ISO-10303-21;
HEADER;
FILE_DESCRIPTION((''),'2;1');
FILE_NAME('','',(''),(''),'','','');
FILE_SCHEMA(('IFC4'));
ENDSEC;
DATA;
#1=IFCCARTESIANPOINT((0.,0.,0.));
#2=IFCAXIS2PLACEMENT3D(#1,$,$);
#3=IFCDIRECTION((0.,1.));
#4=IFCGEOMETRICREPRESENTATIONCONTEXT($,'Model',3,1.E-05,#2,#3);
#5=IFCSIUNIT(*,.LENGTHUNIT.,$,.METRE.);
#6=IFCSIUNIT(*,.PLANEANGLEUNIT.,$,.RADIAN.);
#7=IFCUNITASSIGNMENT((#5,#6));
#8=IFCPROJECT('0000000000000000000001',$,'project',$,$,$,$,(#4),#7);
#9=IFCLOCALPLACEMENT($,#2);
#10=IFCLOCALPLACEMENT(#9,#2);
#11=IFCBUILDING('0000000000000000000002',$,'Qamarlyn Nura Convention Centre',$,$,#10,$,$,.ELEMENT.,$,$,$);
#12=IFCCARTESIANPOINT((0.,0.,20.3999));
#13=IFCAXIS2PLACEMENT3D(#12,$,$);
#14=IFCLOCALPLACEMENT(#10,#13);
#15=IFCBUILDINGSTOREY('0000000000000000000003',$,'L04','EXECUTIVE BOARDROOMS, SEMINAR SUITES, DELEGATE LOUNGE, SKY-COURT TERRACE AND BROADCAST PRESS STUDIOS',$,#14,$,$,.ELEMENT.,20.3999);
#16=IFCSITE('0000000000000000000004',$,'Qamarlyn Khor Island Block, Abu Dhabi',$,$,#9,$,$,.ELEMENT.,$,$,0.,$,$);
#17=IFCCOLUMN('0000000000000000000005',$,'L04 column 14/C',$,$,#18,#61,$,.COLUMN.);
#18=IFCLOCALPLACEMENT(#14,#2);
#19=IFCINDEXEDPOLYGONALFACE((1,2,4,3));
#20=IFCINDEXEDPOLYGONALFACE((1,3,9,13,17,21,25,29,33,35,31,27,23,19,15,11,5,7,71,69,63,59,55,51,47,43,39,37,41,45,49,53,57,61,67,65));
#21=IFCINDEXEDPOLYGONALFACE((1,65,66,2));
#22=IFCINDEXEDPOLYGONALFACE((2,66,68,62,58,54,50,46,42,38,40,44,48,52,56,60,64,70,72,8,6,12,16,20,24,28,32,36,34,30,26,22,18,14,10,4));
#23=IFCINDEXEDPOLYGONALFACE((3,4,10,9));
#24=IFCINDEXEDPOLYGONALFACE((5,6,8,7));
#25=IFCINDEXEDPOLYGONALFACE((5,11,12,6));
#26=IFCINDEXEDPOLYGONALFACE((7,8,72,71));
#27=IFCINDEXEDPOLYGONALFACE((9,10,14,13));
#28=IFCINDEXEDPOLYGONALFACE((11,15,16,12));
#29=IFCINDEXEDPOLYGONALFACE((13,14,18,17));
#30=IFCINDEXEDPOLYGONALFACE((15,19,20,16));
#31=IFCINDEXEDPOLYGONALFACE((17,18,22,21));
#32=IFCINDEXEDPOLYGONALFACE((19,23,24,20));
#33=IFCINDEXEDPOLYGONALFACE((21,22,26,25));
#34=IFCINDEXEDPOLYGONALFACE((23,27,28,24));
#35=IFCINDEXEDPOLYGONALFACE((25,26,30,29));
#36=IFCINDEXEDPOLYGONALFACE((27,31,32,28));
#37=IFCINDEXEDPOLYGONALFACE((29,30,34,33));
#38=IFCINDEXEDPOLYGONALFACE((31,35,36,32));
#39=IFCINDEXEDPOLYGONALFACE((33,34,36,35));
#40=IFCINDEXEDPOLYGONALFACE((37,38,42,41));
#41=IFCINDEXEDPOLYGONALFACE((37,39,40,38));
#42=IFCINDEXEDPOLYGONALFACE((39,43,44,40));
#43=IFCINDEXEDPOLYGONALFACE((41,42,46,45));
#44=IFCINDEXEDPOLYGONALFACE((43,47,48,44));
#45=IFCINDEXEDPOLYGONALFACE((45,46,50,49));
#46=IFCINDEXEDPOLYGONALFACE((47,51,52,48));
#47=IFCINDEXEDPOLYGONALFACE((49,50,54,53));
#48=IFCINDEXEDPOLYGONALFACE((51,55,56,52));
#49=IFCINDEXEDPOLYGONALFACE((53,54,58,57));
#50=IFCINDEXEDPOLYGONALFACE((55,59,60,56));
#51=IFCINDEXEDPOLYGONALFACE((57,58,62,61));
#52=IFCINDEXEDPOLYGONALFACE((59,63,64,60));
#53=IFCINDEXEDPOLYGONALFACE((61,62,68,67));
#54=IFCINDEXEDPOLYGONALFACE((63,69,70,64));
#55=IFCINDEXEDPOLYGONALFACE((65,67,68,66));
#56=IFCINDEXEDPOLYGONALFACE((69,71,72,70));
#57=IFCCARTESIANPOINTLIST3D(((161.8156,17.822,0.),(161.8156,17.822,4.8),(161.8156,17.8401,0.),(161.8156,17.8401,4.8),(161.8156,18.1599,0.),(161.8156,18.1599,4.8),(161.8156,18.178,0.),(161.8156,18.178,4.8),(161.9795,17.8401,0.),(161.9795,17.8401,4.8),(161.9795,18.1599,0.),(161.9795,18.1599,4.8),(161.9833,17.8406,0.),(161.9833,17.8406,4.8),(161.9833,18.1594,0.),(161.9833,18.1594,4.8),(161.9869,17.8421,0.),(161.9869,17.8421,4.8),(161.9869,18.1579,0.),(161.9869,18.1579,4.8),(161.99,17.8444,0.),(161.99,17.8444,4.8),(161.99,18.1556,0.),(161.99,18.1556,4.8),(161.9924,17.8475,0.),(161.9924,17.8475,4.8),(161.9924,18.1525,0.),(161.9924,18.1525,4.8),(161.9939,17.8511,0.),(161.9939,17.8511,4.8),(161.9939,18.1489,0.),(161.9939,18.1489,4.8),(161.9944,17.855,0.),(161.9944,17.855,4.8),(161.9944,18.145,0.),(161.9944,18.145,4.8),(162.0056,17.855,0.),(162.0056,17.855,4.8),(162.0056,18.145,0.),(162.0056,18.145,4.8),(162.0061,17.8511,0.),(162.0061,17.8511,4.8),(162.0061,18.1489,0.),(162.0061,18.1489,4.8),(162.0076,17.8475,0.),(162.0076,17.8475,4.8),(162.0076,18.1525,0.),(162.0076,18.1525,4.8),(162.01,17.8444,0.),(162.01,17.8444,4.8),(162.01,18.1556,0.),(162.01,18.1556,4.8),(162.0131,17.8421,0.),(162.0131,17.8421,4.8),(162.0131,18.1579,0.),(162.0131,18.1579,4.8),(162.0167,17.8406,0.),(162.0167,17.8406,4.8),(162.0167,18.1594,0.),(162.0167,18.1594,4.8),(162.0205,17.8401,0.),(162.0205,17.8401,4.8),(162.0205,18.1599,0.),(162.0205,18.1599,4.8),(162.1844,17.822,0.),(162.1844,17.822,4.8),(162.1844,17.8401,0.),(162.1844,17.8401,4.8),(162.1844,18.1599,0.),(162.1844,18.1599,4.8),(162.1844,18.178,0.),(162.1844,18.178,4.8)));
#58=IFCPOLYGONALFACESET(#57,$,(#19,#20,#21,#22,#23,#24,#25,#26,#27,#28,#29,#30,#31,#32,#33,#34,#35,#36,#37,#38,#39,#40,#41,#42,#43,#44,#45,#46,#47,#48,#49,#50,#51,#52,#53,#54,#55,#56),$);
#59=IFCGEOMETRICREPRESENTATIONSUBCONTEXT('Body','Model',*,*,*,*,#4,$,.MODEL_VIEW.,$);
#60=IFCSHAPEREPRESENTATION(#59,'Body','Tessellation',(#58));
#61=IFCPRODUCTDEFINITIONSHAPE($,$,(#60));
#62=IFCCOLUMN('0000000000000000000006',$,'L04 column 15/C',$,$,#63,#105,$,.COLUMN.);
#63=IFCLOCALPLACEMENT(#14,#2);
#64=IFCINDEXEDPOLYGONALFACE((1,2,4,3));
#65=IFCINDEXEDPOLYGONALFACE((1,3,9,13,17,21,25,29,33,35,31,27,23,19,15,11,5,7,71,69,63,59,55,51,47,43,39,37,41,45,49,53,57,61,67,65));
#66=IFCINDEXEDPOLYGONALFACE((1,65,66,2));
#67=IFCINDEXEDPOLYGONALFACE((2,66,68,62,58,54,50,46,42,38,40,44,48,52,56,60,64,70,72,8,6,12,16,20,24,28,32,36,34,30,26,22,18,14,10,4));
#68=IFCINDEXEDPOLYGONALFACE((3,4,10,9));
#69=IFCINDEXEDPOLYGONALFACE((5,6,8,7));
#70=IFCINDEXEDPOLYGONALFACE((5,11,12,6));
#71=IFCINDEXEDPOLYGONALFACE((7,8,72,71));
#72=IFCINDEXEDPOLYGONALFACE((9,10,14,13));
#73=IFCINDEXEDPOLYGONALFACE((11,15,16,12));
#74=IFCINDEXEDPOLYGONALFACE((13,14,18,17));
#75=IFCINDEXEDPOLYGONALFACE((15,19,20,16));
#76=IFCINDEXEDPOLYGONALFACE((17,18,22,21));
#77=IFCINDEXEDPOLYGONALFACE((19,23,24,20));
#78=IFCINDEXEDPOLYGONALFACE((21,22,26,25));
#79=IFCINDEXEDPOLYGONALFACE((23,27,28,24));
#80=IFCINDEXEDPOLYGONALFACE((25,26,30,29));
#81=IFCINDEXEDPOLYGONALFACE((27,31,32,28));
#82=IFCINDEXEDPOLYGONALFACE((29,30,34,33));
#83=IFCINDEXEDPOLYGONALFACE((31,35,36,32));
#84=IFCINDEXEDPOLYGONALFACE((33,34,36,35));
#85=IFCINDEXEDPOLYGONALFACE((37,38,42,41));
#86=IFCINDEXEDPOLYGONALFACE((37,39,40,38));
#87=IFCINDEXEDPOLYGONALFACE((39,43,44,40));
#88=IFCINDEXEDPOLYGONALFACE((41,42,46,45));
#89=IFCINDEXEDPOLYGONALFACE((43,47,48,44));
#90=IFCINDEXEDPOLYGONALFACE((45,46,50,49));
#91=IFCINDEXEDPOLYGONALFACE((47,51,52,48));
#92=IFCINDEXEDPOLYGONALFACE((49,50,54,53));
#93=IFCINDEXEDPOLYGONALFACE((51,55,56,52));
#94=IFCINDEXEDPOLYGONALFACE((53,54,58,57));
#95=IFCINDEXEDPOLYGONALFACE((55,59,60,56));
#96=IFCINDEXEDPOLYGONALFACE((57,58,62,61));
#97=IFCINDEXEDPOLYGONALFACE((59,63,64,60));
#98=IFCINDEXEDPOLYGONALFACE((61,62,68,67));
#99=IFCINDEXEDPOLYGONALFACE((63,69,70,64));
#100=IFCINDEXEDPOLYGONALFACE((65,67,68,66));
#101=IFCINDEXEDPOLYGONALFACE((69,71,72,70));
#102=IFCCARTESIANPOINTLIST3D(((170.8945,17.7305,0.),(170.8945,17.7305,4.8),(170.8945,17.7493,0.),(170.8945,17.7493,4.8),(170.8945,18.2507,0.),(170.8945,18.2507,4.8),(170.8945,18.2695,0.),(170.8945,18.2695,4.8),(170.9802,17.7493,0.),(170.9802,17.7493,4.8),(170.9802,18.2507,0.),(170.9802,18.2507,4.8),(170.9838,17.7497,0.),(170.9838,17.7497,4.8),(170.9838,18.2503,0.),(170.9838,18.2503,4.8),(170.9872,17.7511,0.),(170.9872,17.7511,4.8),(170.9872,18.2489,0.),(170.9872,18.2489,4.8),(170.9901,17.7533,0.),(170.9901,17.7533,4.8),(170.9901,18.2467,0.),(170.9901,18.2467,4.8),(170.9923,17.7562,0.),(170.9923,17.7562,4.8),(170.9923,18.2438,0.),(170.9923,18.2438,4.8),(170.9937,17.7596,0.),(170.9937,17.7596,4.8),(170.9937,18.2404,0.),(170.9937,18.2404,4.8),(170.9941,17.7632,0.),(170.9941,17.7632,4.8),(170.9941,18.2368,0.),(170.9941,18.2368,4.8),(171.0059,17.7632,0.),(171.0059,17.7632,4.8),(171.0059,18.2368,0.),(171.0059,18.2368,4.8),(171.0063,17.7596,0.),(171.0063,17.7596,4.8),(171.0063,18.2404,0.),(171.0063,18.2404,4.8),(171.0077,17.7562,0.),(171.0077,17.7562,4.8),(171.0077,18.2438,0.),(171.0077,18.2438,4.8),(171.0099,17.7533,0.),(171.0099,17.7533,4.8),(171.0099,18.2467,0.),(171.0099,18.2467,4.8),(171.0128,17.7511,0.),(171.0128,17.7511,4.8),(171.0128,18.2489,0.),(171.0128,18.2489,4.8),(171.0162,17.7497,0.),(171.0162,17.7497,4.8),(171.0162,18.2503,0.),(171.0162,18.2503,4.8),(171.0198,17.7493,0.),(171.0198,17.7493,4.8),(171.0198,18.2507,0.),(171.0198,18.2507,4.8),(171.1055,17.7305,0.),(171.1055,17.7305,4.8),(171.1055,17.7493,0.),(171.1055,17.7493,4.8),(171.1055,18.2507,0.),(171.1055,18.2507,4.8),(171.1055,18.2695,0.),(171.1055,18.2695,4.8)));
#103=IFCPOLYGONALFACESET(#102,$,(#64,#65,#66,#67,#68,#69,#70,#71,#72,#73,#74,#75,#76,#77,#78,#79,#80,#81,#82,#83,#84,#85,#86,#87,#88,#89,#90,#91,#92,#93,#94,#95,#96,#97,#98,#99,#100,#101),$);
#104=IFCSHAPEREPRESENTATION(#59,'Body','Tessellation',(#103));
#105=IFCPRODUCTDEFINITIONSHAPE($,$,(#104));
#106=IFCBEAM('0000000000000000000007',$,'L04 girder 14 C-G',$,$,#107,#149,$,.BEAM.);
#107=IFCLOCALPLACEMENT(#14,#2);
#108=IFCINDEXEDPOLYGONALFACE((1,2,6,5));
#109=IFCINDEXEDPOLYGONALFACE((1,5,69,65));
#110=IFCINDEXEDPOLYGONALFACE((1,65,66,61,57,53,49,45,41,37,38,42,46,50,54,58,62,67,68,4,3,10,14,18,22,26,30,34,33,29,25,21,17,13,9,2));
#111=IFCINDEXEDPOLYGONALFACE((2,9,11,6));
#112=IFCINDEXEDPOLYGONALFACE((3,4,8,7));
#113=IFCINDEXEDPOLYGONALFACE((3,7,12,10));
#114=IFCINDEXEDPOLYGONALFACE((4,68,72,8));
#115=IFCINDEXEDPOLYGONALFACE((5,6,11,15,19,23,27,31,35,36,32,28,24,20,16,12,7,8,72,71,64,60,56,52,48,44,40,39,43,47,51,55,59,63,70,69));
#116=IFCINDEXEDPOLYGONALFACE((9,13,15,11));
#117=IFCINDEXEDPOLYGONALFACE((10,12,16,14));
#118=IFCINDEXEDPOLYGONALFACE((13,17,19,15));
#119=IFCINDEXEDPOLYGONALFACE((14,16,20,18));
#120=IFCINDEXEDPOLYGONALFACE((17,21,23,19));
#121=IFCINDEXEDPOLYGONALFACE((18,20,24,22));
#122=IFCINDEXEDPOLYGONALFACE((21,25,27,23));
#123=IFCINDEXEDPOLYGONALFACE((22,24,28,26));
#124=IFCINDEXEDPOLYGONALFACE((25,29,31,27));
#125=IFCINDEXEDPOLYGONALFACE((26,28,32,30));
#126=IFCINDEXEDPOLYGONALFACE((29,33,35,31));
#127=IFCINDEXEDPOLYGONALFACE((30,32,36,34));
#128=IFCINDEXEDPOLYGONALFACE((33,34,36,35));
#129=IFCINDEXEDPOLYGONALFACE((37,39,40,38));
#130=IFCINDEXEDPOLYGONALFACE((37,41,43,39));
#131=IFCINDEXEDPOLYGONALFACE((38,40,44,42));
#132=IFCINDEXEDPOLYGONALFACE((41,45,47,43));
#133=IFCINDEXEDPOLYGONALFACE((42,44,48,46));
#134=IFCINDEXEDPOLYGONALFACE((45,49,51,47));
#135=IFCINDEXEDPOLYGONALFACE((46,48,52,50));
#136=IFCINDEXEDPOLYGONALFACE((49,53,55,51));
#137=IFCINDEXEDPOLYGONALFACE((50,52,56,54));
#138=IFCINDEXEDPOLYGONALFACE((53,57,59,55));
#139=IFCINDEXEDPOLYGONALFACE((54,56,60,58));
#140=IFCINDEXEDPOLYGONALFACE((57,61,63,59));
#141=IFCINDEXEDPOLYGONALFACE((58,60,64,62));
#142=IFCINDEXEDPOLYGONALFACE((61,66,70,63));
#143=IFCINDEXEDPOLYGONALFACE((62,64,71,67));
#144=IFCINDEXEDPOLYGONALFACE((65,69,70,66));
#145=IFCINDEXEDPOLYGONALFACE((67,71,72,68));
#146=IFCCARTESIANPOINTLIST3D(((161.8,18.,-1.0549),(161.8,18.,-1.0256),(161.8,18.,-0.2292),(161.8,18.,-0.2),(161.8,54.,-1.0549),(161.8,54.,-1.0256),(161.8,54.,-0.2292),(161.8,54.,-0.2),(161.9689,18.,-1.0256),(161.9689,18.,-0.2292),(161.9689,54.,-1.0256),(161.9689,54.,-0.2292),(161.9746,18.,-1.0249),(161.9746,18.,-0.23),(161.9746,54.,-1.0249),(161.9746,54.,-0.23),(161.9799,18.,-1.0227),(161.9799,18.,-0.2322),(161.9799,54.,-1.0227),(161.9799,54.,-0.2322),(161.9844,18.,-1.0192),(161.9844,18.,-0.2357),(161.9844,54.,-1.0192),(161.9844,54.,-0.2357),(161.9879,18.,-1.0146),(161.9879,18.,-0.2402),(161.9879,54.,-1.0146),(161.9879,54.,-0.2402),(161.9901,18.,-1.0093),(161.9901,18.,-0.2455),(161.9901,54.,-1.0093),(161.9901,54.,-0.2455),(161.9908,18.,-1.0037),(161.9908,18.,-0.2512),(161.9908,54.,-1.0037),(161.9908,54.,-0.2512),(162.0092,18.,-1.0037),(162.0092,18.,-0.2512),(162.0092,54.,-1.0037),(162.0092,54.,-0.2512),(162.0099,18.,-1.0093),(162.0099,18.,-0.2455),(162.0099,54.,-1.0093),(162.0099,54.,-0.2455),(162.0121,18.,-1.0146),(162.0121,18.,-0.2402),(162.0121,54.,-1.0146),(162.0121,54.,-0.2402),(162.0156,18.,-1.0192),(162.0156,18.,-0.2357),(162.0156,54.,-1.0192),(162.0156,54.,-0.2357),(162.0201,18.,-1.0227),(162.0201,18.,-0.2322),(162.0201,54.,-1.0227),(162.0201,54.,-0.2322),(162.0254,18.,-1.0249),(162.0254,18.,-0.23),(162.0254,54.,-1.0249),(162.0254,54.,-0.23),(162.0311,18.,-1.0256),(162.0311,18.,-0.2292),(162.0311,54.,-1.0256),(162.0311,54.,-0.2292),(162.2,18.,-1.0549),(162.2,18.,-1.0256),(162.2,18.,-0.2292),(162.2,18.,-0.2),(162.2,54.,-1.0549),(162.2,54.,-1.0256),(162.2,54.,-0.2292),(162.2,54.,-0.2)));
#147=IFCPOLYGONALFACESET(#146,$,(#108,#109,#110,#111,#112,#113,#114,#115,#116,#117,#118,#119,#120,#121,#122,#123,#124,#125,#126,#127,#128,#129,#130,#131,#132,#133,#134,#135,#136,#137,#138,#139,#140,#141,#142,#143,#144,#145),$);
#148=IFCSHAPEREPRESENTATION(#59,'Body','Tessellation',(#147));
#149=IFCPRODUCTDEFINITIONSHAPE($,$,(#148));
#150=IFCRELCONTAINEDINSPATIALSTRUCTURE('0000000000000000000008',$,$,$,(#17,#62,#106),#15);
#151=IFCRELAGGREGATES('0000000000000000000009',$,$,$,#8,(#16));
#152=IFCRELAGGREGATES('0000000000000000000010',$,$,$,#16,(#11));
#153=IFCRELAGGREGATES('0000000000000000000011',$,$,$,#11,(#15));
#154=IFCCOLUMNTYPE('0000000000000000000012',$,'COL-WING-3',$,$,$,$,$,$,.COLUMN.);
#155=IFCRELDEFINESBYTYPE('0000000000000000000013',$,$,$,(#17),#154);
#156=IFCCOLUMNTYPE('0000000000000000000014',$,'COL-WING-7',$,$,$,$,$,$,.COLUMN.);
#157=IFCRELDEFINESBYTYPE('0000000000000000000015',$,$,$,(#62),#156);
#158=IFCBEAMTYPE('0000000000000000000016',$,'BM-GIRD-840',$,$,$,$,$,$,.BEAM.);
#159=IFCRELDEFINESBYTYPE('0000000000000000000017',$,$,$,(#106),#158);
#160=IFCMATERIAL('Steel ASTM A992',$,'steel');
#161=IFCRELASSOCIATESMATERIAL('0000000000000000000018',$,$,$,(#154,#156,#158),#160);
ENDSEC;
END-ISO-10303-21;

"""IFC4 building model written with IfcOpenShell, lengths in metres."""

from ifc_helpers import new_model, si_unit, direction, frame, origin, origin_2d, place, context, subcontext, project, spatial, i_section, extrude, material, material_profile, profile_set, type_object, element, save


model = new_model("IFC4")

# Units and contexts
model_context = context("Model", 3, precision=1e-05, world=origin(), true_north=direction((0.0, 1.0)))
body_context = subcontext(model_context, "Body", "Model", "MODEL_VIEW")
ifc_project = project(units=[si_unit("LENGTHUNIT", "METRE"), si_unit("PLANEANGLEUNIT", "RADIAN")], contexts=[model_context])

# Site, building, storey
site_placement = place(None, origin())
site = spatial("IfcSite", under=ifc_project, at=site_placement, Name="Qamarlyn Khor Island Block, Abu Dhabi", CompositionType="ELEMENT", RefElevation=0.0)
building_placement = place(site_placement, origin())
building = spatial("IfcBuilding", under=site, at=building_placement, Name="Qamarlyn Nura Convention Centre", CompositionType="ELEMENT")
storey_placement = place(building_placement, frame((0.0, 0.0, 20.3999)))
storey = spatial("IfcBuildingStorey", under=building, at=storey_placement, Name="L04", Description="EXECUTIVE BOARDROOMS, SEMINAR SUITES, DELEGATE LOUNGE, SKY-COURT TERRACE AND BROADCAST PRESS STUDIOS", CompositionType="ELEMENT", Elevation=20.3999)

# Columns
ifc_material_1 = material(Name="Steel ASTM A992", Category="steel")
ifc_material_profile_1 = material_profile(ifc_material_1, i_section(OverallWidth=0.3689, OverallDepth=0.356, WebThickness=0.0112, FlangeThickness=0.0181, FilletRadius=0.0149, at=origin_2d()), Name="W360X134")
ifc_profile_set_1 = profile_set([ifc_material_profile_1], Name="Steel ASTM A992")
column_type_1 = type_object("IfcColumnType", Name="COL-WING-3", PredefinedType="COLUMN", material=ifc_profile_set_1)
column_1_placement = place(storey_placement, frame((162.0, 18.0, 0.0), z_axis=(0.0, 0.0, 1.0), x_axis=(1.0, 0.0, 0.0)))
element("IfcColumn", 1, at=column_1_placement, inside=storey, type_object=column_type_1, Name="L04 column 14/C", PredefinedType="COLUMN", context=body_context, shape_type="SweptSolid", body=[
    extrude(i_section(OverallWidth=0.3689, OverallDepth=0.356, WebThickness=0.0112, FlangeThickness=0.0181, FilletRadius=0.0149, at=origin_2d()), origin(), (0.0, 0.0, 1.0), 4.8),
])
ifc_material_profile_2 = material_profile(ifc_material_1, i_section(OverallWidth=0.2109, OverallDepth=0.5391, WebThickness=0.0117, FlangeThickness=0.0188, FilletRadius=0.0139, at=origin_2d()), Name="W530X109")
ifc_profile_set_2 = profile_set([ifc_material_profile_2], Name="Steel ASTM A992")
column_type_2 = type_object("IfcColumnType", Name="COL-WING-7", PredefinedType="COLUMN", material=ifc_profile_set_2)
column_2_placement = place(storey_placement, frame((171.0, 18.0, 0.0), z_axis=(0.0, 0.0, 1.0), x_axis=(1.0, 0.0, 0.0)))
element("IfcColumn", 2, at=column_2_placement, inside=storey, type_object=column_type_2, Name="L04 column 15/C", PredefinedType="COLUMN", context=body_context, shape_type="SweptSolid", body=[
    extrude(i_section(OverallWidth=0.2109, OverallDepth=0.5391, WebThickness=0.0117, FlangeThickness=0.0188, FilletRadius=0.0139, at=origin_2d()), origin(), (0.0, 0.0, 1.0), 4.8),
])

# Beam
ifc_material_profile_3 = material_profile(ifc_material_1, i_section(OverallWidth=0.3999, OverallDepth=0.855, WebThickness=0.0183, FlangeThickness=0.0293, FilletRadius=0.022, at=origin_2d()), Name="W840X299")
ifc_profile_set_3 = profile_set([ifc_material_profile_3], Name="Steel ASTM A992")
beam_type_1 = type_object("IfcBeamType", Name="BM-GIRD-840", PredefinedType="BEAM", material=ifc_profile_set_3)
beam_1_placement = place(storey_placement, frame((162.0, 18.0, -0.6274), z_axis=(0.0, 1.0, 0.0), x_axis=(-1.0, 0.0, 0.0)))
element("IfcBeam", 3, at=beam_1_placement, inside=storey, type_object=beam_type_1, Name="L04 girder 14 C-G", PredefinedType="BEAM", context=body_context, shape_type="SweptSolid", body=[
    extrude(i_section(OverallWidth=0.3999, OverallDepth=0.855, WebThickness=0.0183, FlangeThickness=0.0293, FilletRadius=0.022, at=origin_2d()), origin(), (0.0, 0.0, 1.0), 36.0),
])

save(model, "model.ifc")
